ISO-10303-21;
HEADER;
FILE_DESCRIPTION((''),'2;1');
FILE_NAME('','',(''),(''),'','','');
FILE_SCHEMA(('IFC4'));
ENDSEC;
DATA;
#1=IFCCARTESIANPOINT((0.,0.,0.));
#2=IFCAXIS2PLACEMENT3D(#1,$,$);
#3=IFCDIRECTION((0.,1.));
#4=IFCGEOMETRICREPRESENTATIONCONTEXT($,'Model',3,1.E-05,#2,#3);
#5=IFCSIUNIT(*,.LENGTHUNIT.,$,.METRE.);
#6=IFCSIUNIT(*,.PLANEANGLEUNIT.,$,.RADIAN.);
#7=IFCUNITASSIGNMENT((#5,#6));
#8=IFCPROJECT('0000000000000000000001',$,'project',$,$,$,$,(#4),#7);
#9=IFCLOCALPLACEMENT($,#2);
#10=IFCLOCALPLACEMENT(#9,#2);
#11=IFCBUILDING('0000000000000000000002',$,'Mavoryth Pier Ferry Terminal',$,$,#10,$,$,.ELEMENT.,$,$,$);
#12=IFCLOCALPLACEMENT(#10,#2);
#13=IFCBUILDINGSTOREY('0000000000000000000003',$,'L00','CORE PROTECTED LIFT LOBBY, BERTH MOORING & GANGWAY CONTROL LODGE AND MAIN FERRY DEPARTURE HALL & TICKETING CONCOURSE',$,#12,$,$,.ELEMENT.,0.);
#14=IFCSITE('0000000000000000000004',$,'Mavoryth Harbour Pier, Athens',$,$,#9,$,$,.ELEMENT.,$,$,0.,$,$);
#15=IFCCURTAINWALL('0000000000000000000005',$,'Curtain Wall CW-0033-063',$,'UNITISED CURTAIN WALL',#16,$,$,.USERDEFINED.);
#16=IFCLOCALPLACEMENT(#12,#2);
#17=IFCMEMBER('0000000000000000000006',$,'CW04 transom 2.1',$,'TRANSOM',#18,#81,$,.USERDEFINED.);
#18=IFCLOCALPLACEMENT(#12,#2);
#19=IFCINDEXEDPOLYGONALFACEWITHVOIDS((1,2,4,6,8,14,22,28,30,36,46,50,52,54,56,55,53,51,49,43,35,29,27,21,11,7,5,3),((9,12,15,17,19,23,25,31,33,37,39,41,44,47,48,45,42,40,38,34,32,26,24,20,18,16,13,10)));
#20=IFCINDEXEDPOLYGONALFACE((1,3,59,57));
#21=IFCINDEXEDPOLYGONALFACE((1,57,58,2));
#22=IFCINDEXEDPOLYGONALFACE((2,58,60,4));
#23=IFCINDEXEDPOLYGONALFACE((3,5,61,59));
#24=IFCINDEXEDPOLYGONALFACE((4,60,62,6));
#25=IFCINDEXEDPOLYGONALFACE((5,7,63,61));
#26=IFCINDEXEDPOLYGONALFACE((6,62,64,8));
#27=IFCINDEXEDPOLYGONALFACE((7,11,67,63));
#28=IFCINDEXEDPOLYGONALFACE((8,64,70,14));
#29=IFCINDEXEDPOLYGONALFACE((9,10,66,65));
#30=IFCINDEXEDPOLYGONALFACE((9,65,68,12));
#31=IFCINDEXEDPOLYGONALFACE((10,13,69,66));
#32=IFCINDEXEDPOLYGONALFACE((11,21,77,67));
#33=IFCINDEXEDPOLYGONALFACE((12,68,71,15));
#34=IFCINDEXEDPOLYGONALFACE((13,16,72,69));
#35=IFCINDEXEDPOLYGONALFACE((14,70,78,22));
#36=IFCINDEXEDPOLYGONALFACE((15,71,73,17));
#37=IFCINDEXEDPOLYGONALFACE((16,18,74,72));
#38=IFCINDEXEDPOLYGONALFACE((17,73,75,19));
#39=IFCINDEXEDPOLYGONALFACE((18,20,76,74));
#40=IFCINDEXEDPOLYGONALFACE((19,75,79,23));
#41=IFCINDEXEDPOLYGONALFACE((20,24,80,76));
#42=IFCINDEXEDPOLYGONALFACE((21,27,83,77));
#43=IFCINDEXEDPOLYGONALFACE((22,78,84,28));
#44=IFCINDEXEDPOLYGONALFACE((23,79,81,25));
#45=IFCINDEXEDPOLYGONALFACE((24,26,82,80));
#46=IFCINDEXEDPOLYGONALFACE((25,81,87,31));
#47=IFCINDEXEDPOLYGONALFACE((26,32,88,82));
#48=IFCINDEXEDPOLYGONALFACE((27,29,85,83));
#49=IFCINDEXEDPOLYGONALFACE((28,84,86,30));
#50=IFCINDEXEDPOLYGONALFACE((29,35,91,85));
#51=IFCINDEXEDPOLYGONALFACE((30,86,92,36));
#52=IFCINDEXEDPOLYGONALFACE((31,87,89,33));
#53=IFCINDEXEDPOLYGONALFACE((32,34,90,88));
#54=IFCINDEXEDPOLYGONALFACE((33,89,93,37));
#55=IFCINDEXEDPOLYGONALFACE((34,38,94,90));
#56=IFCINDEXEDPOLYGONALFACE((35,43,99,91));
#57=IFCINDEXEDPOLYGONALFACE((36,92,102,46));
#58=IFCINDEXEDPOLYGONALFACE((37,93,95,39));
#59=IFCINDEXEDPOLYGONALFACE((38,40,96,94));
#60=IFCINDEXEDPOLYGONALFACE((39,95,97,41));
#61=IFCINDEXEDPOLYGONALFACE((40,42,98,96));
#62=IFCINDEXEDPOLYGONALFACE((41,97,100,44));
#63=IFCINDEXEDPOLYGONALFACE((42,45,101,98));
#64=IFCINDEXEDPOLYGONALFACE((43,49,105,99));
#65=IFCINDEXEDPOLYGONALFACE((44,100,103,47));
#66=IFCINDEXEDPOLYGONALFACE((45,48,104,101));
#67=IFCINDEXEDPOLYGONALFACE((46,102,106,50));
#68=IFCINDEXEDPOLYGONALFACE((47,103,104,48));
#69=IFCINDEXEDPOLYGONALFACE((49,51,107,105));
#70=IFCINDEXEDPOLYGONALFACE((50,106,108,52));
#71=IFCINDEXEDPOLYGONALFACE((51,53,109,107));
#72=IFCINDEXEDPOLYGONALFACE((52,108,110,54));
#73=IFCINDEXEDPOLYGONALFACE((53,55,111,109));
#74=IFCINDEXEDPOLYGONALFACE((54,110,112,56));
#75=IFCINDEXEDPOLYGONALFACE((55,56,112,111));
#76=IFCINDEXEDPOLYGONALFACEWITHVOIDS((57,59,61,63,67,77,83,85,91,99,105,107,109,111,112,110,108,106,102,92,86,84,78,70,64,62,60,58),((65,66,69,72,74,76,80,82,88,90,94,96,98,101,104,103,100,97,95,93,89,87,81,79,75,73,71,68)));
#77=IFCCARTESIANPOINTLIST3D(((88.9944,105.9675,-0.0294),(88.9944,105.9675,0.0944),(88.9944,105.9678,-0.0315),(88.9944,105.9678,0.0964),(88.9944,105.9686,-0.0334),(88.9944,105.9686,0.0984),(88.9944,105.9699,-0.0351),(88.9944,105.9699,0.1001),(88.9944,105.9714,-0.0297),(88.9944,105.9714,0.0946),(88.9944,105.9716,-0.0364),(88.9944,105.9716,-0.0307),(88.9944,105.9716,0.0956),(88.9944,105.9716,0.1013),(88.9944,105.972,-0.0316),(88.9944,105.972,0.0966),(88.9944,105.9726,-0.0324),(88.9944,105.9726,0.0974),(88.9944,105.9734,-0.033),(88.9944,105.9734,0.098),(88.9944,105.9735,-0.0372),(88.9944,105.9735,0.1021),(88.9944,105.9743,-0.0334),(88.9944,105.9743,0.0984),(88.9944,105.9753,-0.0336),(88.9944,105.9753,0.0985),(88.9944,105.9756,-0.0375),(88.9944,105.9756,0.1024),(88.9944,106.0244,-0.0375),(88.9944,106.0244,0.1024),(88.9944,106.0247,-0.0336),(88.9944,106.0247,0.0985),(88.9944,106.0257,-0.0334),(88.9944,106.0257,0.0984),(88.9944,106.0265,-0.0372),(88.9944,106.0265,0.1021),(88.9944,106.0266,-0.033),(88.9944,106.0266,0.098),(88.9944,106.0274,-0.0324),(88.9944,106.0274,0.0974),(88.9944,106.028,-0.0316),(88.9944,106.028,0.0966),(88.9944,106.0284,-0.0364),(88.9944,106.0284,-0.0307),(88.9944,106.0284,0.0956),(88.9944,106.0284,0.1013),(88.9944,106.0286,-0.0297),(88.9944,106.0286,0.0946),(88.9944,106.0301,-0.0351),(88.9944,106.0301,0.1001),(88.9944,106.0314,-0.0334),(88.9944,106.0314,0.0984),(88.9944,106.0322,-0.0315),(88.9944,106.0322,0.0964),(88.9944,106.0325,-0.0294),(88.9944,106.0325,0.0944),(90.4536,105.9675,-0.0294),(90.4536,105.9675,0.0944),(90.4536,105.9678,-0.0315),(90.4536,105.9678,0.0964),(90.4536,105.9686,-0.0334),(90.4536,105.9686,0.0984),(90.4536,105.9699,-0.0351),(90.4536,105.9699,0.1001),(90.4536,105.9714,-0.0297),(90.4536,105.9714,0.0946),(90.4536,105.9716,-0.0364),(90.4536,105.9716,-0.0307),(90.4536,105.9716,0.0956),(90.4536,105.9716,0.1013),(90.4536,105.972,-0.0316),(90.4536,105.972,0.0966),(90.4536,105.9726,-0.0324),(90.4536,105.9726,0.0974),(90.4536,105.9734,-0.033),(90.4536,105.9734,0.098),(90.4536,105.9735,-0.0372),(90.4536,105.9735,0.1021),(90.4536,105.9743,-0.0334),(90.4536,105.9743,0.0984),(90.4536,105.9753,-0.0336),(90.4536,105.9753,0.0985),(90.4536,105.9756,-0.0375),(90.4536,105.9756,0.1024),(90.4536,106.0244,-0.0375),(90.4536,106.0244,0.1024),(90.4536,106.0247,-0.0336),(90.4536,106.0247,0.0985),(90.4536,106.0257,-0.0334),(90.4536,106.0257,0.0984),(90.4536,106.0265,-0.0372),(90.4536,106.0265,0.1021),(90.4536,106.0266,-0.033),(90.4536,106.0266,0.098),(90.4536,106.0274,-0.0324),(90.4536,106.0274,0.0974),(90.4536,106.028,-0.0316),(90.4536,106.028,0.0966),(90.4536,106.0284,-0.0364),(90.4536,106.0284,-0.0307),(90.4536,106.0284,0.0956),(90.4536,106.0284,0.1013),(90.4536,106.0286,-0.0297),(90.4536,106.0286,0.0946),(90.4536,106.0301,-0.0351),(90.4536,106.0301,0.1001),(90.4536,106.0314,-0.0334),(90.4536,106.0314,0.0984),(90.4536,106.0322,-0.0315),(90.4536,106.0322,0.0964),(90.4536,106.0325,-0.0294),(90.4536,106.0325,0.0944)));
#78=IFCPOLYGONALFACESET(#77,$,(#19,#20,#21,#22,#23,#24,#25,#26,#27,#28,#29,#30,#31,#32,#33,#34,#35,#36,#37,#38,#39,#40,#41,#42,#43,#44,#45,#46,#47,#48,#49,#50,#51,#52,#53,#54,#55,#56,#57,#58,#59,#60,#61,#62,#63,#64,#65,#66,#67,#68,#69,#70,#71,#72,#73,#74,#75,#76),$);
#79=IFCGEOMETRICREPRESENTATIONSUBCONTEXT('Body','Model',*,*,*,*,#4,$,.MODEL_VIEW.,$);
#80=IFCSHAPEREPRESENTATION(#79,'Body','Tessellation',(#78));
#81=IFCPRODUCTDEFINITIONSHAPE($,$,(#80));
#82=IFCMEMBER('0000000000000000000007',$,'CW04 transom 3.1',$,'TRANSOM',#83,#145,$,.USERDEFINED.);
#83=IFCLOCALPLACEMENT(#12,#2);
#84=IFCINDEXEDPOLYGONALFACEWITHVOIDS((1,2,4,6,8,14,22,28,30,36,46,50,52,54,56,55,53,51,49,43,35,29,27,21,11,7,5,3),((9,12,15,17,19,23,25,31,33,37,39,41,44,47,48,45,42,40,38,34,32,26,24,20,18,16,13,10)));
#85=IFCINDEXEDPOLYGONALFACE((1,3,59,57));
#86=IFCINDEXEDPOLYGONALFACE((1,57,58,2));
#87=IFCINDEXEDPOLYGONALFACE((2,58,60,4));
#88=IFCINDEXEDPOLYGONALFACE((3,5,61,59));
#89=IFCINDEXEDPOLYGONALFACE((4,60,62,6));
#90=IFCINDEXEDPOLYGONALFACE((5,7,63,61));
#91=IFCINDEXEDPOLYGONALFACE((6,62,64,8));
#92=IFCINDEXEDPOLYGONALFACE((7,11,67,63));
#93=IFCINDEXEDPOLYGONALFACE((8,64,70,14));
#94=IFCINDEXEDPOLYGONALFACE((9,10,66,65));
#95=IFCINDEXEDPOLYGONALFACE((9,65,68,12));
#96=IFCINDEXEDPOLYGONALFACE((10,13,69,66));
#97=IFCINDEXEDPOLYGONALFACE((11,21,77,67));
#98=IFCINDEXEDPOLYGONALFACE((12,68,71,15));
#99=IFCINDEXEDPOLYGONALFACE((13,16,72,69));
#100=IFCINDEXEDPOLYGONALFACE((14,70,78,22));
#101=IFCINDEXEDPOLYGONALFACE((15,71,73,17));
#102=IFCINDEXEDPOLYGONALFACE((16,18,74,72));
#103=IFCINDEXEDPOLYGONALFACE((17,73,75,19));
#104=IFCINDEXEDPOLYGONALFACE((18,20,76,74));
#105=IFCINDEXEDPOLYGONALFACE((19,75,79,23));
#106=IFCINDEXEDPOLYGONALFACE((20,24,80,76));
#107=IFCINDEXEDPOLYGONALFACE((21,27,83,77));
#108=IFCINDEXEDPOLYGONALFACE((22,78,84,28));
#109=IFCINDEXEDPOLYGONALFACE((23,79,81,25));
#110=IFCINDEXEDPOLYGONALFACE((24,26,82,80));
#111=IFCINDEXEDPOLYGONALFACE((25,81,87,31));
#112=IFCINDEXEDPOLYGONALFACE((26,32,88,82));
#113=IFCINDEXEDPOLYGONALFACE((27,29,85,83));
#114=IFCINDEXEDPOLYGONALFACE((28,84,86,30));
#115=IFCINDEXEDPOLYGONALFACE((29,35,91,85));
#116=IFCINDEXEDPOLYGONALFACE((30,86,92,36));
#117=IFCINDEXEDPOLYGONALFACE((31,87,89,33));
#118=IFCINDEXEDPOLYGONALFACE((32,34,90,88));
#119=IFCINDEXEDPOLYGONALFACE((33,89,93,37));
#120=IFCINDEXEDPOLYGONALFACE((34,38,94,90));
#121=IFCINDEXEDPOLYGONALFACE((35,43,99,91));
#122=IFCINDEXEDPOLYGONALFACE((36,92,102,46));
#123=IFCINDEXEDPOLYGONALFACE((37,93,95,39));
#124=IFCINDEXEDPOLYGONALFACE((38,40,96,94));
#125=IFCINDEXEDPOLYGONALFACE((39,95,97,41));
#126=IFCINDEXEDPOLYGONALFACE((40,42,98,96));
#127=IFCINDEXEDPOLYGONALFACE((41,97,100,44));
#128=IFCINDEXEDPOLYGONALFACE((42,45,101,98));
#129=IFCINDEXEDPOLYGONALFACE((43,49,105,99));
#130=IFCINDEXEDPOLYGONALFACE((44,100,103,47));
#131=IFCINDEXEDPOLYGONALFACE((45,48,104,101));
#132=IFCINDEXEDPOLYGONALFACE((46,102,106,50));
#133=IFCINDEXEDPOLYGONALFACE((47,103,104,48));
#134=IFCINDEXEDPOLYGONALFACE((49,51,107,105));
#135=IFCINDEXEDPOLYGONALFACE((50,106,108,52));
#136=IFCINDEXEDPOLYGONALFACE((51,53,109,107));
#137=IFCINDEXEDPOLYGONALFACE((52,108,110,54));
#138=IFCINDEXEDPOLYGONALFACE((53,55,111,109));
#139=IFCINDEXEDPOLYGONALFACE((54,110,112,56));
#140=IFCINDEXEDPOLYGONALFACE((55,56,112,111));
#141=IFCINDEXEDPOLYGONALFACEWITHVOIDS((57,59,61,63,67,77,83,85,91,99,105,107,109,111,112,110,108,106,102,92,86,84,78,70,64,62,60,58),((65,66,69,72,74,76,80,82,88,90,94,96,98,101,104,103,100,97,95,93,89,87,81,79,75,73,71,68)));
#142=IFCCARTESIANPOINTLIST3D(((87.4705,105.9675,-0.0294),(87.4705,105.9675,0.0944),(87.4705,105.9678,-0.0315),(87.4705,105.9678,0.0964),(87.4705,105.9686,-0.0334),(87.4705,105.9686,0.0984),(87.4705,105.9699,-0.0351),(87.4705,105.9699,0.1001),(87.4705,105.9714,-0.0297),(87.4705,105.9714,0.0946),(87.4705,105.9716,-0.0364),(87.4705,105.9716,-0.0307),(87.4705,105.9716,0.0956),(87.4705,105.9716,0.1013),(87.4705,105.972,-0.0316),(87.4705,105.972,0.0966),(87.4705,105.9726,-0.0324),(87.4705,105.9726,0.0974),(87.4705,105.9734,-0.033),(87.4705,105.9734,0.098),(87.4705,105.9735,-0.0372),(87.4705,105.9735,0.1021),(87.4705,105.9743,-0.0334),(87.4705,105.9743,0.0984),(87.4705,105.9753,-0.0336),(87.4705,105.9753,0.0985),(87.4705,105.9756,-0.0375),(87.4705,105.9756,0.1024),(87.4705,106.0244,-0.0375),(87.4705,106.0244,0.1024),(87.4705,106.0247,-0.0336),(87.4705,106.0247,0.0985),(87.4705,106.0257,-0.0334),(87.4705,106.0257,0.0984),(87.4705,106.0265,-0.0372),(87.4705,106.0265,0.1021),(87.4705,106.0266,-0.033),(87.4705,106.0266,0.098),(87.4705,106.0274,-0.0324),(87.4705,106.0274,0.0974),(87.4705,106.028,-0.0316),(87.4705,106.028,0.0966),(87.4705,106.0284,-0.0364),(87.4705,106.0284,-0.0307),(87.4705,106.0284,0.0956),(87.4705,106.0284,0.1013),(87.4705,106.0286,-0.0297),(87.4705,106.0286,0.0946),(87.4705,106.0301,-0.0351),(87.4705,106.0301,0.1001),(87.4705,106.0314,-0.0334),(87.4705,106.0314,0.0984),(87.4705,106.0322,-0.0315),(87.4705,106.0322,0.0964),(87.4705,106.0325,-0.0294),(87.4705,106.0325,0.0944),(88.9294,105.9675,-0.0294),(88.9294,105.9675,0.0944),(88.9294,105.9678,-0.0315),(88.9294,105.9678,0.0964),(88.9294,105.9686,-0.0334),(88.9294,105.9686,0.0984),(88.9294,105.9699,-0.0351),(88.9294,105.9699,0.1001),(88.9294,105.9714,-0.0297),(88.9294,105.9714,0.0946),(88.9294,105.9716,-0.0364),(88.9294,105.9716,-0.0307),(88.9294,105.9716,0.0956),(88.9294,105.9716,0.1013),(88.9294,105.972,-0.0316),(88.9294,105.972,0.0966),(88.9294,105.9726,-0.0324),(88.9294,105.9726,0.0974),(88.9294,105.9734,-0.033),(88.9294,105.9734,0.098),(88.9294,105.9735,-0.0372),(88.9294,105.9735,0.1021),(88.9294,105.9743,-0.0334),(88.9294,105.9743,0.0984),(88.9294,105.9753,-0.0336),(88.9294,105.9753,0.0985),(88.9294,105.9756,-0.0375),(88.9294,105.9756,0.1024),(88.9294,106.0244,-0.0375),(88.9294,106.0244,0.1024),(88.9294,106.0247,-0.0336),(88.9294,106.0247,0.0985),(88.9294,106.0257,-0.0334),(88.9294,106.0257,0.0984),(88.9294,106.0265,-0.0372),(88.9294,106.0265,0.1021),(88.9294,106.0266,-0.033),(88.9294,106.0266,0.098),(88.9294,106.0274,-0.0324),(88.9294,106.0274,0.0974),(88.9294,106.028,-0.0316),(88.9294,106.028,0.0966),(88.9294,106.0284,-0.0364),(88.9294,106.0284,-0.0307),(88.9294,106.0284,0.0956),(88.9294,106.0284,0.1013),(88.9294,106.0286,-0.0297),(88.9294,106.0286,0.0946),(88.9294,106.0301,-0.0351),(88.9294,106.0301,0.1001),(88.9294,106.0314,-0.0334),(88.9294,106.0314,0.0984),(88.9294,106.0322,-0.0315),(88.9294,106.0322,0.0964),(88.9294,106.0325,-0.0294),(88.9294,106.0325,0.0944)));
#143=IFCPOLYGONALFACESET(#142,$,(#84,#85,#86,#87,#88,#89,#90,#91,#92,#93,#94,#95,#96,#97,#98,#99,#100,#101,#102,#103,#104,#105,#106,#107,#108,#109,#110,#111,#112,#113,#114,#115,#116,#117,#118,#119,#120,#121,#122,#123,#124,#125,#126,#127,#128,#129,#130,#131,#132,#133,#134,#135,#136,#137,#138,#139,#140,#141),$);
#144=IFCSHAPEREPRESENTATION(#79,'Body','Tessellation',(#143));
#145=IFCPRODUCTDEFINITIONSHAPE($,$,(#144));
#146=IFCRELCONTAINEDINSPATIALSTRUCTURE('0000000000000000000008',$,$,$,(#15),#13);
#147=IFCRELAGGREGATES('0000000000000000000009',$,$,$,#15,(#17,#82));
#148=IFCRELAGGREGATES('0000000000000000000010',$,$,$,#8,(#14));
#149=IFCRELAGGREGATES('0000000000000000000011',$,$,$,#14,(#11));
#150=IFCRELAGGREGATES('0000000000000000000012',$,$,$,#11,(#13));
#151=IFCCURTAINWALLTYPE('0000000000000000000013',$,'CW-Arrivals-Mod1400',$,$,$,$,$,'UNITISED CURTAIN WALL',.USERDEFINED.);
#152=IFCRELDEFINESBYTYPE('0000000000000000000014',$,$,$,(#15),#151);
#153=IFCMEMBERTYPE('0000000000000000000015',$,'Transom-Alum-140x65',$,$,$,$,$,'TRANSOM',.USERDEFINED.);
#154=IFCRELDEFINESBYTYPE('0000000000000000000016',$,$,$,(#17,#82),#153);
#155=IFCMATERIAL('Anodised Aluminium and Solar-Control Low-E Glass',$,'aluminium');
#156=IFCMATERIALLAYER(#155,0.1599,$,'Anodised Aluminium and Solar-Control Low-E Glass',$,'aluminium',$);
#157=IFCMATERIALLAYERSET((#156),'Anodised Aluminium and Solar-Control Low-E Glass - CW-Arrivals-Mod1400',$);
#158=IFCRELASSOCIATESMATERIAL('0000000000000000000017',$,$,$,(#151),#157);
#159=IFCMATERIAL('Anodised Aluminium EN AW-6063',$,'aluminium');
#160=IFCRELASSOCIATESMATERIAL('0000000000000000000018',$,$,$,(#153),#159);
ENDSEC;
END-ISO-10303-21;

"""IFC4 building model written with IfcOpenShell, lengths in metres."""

from ifc_helpers import new_model, si_unit, direction, frame, origin, origin_2d, place, context, subcontext, project, spatial, hollow_rectangle, extrude, material, layer, layer_set, material_profile, profile_set, type_object, element, aggregate, save


model = new_model("IFC4")

# Units and contexts
model_context = context("Model", 3, precision=1e-05, world=origin(), true_north=direction((0.0, 1.0)))
body_context = subcontext(model_context, "Body", "Model", "MODEL_VIEW")
ifc_project = project(units=[si_unit("LENGTHUNIT", "METRE"), si_unit("PLANEANGLEUNIT", "RADIAN")], contexts=[model_context])

# Site, building, storey
site_placement = place(None, origin())
site = spatial("IfcSite", under=ifc_project, at=site_placement, Name="Mavoryth Harbour Pier, Athens", CompositionType="ELEMENT", RefElevation=0.0)
building_placement = place(site_placement, origin())
building = spatial("IfcBuilding", under=site, at=building_placement, Name="Mavoryth Pier Ferry Terminal", CompositionType="ELEMENT")
storey_placement = place(building_placement, origin())
storey = spatial("IfcBuildingStorey", under=building, at=storey_placement, Name="L00", Description="CORE PROTECTED LIFT LOBBY, BERTH MOORING & GANGWAY CONTROL LODGE AND MAIN FERRY DEPARTURE HALL & TICKETING CONCOURSE", CompositionType="ELEMENT", Elevation=0.0)

# Curtain wall, members
ifc_material_1 = material(Name="Anodised Aluminium and Solar-Control Low-E Glass", Category="aluminium")
ifc_layer_1 = layer(ifc_material_1, 0.1599, Name="Anodised Aluminium and Solar-Control Low-E Glass", Category="aluminium")
ifc_layer_set_1 = layer_set([ifc_layer_1], Name="Anodised Aluminium and Solar-Control Low-E Glass - CW-Arrivals-Mod1400")
curtain_wall_type = type_object("IfcCurtainWallType", Name="CW-Arrivals-Mod1400", ElementType="UNITISED CURTAIN WALL", PredefinedType="USERDEFINED", material=ifc_layer_set_1)
curtain_wall_placement = place(storey_placement, origin())
curtain_wall = element("IfcCurtainWall", 1, at=curtain_wall_placement, inside=storey, type_object=curtain_wall_type, Name="Curtain Wall CW-0033-063", ObjectType="UNITISED CURTAIN WALL", PredefinedType="USERDEFINED")
ifc_material_2 = material(Name="Anodised Aluminium EN AW-6063", Category="aluminium")
ifc_material_profile_1 = material_profile(ifc_material_2, hollow_rectangle(XDim=0.0649, YDim=0.1399, WallThickness=0.0039, InnerFilletRadius=0.0039, OuterFilletRadius=0.0081, at=origin_2d()), Name="AL-TRAN 140x65x4", Category="aluminium")
ifc_profile_set_1 = profile_set([ifc_material_profile_1], Name="Anodised Aluminium EN AW-6063 - AL-TRAN 140x65x4")
member_type_1 = type_object("IfcMemberType", Name="Transom-Alum-140x65", ElementType="TRANSOM", PredefinedType="USERDEFINED", material=ifc_profile_set_1)
member_1_placement = place(storey_placement, frame((90.4536, 106.0, 0.0325), z_axis=(-1.0, 0.0, 0.0), x_axis=(0.0, -1.0, 0.0)))
member_1 = element("IfcMember", 2, at=member_1_placement, type_object=member_type_1, Name="CW04 transom 2.1", ObjectType="TRANSOM", PredefinedType="USERDEFINED", context=body_context, shape_type="SweptSolid", body=[
    extrude(hollow_rectangle(XDim=0.0649, YDim=0.1399, WallThickness=0.0039, InnerFilletRadius=0.0039, OuterFilletRadius=0.0081, at=origin_2d()), origin(), (0.0, 0.0, 1.0), 1.4592),
])
member_2_placement = place(storey_placement, frame((88.9294, 106.0, 0.0325), z_axis=(-1.0, 0.0, 0.0), x_axis=(0.0, -1.0, 0.0)))
member_2 = element("IfcMember", 3, at=member_2_placement, type_object=member_type_1, Name="CW04 transom 3.1", ObjectType="TRANSOM", PredefinedType="USERDEFINED", context=body_context, shape_type="SweptSolid", body=[
    extrude(hollow_rectangle(XDim=0.0649, YDim=0.1399, WallThickness=0.0039, InnerFilletRadius=0.0039, OuterFilletRadius=0.0081, at=origin_2d()), origin(), (0.0, 0.0, 1.0), 1.459),
])
aggregate(curtain_wall, [member_1, member_2])

save(model, "model.ifc")
